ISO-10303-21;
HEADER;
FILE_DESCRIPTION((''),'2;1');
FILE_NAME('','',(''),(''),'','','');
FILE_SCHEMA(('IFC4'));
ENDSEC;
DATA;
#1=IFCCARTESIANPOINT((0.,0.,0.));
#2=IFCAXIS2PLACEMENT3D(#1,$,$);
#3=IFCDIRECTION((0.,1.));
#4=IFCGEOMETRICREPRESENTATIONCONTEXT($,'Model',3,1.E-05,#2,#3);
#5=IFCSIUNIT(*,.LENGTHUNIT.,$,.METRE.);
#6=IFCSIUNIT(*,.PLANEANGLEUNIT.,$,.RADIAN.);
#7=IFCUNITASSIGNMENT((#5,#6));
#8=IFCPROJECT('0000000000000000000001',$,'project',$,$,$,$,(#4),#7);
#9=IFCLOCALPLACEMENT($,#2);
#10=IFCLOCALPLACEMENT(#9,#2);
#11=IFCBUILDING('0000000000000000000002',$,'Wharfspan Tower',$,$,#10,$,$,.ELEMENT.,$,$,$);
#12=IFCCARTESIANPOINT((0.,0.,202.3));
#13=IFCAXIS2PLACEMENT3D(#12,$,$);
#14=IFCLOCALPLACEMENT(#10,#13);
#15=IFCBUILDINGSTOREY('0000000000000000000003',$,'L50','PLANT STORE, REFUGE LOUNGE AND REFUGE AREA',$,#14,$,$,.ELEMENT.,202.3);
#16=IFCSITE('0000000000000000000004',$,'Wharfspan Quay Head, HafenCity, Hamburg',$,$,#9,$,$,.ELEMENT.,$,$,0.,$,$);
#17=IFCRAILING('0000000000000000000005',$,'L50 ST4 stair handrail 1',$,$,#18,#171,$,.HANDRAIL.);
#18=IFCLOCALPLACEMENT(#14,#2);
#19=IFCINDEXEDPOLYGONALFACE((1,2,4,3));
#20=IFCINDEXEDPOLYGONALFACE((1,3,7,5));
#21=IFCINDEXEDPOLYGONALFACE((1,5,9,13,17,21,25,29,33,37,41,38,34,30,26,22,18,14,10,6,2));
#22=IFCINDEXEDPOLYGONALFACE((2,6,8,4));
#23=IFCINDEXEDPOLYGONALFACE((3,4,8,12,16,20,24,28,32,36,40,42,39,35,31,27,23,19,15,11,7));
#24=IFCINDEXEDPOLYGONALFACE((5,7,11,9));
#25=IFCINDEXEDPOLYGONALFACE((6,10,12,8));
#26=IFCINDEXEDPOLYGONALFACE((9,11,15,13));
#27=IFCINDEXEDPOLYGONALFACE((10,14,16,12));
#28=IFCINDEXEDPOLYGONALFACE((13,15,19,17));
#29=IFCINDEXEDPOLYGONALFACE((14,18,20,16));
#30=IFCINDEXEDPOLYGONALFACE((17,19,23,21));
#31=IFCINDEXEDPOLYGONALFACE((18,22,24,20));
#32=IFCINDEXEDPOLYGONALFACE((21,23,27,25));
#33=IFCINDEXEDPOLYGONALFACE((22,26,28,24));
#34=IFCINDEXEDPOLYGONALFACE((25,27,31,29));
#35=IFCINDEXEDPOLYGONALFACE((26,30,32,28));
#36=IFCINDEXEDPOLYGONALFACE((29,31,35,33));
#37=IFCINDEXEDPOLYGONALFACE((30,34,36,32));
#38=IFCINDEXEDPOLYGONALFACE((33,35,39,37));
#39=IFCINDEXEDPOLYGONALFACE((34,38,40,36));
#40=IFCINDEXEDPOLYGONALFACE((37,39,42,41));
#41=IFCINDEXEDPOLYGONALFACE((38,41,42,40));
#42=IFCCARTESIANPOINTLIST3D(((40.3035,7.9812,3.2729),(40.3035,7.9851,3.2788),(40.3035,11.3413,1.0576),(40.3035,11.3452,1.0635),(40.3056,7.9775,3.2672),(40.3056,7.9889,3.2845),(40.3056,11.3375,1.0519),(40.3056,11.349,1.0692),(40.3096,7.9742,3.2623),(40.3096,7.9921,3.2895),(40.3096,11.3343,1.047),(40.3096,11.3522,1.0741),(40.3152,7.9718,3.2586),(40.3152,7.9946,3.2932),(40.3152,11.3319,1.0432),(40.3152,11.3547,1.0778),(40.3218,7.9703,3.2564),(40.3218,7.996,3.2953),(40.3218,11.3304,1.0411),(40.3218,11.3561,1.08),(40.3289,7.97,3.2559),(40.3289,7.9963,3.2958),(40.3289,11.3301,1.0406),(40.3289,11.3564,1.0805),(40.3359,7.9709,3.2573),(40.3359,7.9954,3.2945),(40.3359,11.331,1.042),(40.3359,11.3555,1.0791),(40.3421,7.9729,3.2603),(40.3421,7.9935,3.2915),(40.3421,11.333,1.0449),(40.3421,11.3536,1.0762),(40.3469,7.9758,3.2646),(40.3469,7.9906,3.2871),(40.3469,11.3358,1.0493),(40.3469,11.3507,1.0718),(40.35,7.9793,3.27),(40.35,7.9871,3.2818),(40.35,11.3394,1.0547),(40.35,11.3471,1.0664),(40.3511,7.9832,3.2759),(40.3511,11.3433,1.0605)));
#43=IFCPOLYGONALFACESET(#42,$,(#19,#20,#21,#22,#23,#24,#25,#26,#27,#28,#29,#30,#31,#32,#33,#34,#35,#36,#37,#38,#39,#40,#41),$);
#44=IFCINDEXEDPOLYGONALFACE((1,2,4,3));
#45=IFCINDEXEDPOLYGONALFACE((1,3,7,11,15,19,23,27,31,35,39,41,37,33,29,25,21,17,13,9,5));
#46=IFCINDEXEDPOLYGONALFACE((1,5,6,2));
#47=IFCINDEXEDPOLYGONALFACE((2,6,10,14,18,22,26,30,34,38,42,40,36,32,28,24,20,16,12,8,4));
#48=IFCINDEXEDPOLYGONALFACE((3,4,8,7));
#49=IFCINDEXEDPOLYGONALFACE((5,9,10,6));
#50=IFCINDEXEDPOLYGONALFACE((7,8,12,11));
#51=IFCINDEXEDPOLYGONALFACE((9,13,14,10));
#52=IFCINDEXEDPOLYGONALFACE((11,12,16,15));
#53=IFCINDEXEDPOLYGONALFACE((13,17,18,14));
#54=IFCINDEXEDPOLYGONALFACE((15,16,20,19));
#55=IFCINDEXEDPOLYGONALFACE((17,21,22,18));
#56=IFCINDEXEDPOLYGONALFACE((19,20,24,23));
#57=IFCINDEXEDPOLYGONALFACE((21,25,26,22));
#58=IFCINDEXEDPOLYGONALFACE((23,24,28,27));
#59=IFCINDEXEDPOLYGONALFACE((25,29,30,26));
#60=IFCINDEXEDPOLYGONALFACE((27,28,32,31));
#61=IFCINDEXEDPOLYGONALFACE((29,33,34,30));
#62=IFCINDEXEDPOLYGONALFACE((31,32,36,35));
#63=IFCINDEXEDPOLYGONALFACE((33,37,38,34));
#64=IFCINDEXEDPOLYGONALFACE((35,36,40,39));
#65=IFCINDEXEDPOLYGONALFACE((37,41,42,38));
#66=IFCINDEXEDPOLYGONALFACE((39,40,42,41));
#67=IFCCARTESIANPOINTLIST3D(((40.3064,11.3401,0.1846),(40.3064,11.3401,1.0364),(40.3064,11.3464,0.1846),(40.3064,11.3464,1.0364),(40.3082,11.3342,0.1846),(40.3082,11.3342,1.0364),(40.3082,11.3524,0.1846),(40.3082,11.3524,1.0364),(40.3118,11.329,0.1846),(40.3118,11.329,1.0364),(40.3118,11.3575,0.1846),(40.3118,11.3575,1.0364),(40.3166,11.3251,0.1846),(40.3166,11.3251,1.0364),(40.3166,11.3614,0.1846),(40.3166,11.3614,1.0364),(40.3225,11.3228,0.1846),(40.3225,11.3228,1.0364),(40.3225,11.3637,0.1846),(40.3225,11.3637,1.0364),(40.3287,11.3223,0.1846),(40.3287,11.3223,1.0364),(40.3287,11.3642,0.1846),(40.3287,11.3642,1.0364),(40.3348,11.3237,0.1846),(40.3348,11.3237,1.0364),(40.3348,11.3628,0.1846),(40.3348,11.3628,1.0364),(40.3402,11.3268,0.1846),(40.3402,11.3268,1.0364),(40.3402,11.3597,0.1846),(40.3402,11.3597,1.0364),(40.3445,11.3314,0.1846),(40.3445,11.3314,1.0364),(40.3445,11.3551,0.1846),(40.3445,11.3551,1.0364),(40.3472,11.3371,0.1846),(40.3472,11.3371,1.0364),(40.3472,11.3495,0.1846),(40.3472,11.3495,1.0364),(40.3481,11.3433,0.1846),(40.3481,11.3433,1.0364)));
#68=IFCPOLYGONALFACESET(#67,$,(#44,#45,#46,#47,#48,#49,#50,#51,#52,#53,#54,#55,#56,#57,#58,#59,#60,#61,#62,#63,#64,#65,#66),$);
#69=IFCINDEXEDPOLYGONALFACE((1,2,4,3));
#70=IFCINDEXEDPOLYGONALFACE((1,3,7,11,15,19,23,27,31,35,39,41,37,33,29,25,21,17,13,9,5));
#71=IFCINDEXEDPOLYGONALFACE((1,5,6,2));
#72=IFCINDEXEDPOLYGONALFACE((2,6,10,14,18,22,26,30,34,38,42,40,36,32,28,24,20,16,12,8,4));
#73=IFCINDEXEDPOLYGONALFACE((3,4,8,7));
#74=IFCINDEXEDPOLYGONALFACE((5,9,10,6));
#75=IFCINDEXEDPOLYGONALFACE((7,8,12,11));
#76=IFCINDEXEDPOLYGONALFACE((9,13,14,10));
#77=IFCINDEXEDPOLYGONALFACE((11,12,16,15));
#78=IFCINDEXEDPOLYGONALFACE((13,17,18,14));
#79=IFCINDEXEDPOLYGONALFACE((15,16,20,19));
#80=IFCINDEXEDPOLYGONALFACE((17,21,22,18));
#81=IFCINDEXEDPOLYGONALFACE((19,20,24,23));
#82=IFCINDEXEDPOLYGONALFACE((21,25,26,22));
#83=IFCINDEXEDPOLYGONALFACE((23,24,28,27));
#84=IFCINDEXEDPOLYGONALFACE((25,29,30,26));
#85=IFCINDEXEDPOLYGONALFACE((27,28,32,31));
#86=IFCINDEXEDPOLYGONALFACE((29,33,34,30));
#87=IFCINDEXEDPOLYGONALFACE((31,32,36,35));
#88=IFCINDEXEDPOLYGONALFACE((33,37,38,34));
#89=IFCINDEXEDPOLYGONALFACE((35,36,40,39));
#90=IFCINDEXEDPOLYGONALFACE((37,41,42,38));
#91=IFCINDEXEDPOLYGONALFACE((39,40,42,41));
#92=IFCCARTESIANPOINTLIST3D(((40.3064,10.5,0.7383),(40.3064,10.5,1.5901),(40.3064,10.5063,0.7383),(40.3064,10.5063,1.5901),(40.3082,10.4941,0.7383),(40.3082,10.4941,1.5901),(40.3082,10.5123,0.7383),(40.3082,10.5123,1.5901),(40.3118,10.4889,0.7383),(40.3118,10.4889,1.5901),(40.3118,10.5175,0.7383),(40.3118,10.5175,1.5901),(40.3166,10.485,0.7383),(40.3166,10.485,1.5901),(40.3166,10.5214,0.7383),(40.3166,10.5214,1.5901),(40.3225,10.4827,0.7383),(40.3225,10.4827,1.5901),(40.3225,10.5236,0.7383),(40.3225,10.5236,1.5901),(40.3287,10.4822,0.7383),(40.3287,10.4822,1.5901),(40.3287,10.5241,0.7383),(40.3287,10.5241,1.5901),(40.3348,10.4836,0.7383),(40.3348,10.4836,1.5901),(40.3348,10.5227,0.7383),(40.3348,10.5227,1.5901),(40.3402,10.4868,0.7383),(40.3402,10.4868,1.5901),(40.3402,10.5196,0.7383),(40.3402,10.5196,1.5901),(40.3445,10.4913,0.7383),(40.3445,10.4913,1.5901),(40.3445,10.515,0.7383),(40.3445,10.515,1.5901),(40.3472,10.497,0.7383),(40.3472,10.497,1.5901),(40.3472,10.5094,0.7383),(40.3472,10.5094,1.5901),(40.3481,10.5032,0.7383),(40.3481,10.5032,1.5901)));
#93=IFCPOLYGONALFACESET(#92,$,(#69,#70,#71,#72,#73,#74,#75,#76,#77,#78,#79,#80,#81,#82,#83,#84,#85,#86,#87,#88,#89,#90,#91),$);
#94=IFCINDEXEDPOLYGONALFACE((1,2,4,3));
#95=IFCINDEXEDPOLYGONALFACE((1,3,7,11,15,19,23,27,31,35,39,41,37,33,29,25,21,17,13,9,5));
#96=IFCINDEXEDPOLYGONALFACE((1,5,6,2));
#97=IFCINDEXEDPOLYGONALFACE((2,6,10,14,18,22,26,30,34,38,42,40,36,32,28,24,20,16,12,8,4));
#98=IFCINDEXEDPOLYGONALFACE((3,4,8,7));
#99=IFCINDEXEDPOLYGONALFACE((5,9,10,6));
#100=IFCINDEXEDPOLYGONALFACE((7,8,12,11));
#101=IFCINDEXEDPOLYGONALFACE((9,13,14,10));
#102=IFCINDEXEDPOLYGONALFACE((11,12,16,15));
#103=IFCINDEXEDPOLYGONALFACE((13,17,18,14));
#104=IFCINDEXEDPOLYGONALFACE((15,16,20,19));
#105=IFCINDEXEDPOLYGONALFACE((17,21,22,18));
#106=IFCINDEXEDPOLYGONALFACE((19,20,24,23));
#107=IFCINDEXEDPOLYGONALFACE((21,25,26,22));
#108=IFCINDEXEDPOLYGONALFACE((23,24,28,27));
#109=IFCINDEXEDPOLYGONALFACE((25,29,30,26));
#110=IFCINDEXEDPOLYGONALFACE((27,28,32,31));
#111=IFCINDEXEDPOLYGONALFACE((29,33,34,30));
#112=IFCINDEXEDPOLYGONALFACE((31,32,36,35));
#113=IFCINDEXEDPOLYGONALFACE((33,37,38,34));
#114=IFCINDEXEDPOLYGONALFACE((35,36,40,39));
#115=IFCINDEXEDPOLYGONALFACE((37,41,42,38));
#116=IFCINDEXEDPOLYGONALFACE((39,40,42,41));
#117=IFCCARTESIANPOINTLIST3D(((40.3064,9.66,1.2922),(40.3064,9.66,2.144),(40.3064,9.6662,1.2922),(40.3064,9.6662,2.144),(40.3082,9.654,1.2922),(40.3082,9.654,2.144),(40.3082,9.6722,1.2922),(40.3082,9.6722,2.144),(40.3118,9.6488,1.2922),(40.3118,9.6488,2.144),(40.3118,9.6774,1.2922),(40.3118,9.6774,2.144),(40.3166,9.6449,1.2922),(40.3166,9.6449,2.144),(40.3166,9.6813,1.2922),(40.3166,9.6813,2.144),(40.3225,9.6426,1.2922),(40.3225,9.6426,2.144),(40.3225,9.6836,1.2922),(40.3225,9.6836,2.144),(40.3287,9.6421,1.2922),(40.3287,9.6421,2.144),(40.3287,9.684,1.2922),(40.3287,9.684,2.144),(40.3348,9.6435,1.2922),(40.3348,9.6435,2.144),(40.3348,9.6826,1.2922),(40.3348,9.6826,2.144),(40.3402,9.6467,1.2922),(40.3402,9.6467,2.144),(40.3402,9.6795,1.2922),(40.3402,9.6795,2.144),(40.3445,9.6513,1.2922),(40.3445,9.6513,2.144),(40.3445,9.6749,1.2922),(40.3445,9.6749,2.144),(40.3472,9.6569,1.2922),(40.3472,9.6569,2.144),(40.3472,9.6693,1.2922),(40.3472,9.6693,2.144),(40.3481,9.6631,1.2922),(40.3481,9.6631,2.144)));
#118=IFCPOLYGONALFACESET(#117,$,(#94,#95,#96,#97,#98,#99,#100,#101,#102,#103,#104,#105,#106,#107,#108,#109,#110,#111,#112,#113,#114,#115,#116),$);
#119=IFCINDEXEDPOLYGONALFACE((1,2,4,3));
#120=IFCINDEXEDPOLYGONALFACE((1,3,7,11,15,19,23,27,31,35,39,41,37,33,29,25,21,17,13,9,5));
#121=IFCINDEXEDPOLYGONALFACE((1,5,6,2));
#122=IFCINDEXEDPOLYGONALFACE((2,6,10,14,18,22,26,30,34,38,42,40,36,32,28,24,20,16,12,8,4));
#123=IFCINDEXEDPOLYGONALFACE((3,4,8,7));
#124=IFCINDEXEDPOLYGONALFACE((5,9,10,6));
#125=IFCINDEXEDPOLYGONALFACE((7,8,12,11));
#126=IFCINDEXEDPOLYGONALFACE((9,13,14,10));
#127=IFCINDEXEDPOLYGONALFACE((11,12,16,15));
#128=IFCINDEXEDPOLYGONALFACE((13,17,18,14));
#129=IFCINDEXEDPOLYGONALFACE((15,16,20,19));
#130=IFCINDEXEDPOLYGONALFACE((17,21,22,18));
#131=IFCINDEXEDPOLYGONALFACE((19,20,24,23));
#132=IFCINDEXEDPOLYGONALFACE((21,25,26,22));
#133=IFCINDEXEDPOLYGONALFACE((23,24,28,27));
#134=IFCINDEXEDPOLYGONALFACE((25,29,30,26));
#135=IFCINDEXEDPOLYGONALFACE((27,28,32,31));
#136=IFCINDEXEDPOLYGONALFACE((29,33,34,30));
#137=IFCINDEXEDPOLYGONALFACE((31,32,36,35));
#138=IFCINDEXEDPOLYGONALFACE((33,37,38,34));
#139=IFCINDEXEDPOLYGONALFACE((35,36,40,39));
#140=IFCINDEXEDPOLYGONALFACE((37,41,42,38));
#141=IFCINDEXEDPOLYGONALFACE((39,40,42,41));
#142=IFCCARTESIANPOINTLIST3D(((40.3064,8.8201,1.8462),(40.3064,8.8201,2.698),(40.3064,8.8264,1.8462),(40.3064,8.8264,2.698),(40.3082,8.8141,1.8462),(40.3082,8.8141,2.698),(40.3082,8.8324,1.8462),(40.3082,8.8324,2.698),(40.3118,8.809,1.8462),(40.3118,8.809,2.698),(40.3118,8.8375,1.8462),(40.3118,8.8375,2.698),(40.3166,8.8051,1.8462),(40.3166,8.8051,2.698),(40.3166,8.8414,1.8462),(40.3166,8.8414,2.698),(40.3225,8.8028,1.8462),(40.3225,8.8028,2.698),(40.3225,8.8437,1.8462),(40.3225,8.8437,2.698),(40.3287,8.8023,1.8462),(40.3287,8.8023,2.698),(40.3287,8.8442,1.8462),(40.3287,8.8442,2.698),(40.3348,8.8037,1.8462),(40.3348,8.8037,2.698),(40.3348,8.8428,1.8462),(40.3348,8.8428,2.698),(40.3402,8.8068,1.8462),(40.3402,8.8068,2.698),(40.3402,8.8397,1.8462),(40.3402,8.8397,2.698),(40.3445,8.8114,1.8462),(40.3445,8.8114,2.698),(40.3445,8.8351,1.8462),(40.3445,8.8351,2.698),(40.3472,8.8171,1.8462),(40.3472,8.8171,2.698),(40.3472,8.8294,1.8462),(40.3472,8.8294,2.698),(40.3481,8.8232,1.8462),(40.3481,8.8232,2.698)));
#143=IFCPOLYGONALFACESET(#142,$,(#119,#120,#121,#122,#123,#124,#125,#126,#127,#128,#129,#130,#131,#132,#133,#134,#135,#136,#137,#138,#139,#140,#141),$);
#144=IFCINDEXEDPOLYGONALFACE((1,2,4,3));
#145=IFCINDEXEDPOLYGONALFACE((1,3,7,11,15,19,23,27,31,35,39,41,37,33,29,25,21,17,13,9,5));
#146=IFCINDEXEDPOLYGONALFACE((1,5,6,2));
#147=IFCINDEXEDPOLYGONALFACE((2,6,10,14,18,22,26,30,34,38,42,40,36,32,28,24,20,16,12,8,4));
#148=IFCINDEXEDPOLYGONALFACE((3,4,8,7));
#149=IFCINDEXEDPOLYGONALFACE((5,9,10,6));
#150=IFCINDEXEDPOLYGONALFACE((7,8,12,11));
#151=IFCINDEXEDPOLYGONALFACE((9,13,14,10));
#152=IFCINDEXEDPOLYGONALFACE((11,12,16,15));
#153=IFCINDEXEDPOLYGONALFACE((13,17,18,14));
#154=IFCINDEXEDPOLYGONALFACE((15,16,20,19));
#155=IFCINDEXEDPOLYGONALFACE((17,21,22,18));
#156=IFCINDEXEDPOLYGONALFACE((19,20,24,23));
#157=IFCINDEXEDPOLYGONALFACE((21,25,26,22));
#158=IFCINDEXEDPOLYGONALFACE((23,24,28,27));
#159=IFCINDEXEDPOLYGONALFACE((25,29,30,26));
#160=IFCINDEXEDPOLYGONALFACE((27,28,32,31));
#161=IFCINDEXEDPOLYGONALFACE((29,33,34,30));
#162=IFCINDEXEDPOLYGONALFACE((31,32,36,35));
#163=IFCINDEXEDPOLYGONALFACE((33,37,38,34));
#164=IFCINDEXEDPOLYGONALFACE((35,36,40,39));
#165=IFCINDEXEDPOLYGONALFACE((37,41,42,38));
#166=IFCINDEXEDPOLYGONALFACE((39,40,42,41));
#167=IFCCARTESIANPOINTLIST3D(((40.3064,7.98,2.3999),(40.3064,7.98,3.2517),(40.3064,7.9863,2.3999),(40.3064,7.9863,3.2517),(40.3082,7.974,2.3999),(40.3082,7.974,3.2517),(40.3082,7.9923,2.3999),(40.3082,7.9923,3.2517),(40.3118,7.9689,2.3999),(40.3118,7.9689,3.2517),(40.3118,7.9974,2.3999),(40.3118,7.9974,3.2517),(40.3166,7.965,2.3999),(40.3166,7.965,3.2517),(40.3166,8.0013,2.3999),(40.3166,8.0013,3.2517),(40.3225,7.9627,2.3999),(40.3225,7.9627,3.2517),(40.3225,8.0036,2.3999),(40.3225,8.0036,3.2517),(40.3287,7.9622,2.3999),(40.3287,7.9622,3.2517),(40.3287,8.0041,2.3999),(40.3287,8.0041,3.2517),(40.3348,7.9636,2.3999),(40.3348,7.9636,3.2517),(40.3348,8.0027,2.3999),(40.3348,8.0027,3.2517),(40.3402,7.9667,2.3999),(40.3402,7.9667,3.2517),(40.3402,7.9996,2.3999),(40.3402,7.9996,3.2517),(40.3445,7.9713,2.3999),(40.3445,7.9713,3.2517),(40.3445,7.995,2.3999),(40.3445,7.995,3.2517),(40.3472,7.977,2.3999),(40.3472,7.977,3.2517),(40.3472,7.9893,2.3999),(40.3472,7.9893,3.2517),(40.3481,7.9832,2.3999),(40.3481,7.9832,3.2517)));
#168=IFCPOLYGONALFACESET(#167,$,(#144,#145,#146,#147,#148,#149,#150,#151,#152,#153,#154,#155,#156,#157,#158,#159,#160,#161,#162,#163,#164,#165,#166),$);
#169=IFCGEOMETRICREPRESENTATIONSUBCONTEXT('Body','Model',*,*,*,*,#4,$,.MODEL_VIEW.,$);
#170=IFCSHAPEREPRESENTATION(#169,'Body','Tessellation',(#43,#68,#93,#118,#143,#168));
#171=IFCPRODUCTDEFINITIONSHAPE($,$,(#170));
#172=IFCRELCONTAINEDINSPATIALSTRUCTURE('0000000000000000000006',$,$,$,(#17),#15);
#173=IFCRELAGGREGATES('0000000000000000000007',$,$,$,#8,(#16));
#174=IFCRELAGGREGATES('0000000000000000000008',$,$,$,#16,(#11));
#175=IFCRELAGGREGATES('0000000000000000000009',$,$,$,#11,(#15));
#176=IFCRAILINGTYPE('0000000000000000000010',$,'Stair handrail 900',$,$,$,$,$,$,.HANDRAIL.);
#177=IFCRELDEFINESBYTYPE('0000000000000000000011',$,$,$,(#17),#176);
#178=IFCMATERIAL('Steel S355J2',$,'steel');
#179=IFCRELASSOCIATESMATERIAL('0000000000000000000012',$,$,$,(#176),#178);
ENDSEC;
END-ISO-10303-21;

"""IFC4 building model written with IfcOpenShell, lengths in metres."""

from ifc_helpers import new_model, si_unit, direction, frame, origin, origin_2d, place, context, subcontext, project, spatial, circle, extrude, material, type_object, element, save


model = new_model("IFC4")

# Units and contexts
model_context = context("Model", 3, precision=1e-05, world=origin(), true_north=direction((0.0, 1.0)))
body_context = subcontext(model_context, "Body", "Model", "MODEL_VIEW")
ifc_project = project(units=[si_unit("LENGTHUNIT", "METRE"), si_unit("PLANEANGLEUNIT", "RADIAN")], contexts=[model_context])

# Site, building, storey
site_placement = place(None, origin())
site = spatial("IfcSite", under=ifc_project, at=site_placement, Name="Wharfspan Quay Head, HafenCity, Hamburg", CompositionType="ELEMENT", RefElevation=0.0)
building_placement = place(site_placement, origin())
building = spatial("IfcBuilding", under=site, at=building_placement, Name="Wharfspan Tower", CompositionType="ELEMENT")
storey_placement = place(building_placement, frame((0.0, 0.0, 202.3)))
storey = spatial("IfcBuildingStorey", under=building, at=storey_placement, Name="L50", Description="PLANT STORE, REFUGE LOUNGE AND REFUGE AREA", CompositionType="ELEMENT", Elevation=202.3)

# Railing
ifc_material_1 = material(Name="Steel S355J2", Category="steel")
railing_type_1 = type_object("IfcRailingType", Name="Stair handrail 900", PredefinedType="HANDRAIL", material=ifc_material_1)
railing_1_placement = place(storey_placement, frame((40.3271, 11.3433, 0.1846)))
element("IfcRailing", 1, at=railing_1_placement, inside=storey, type_object=railing_type_1, Name="L50 ST4 stair handrail 1", PredefinedType="HANDRAIL", context=body_context, shape_type="SweptSolid", body=[
    extrude(circle(Radius=0.0239, at=origin_2d()), frame((0.0, 0.0, 0.876), z_axis=(0.0, -0.834876, 0.550437), x_axis=(1.0, 0.0, 0.0)), (0.0, 0.0, 1.0), 4.0247),
    extrude(circle(Radius=0.021, at=origin_2d()), origin(), (0.0, 0.0, 1.0), 0.8518),
    extrude(circle(Radius=0.021, at=origin_2d()), frame((0.0, -0.8401, 0.5537)), (0.0, 0.0, 1.0), 0.8518),
    extrude(circle(Radius=0.021, at=origin_2d()), frame((0.0, -1.6802, 1.1077)), (0.0, 0.0, 1.0), 0.8518),
    extrude(circle(Radius=0.021, at=origin_2d()), frame((0.0, -2.52, 1.6616)), (0.0, 0.0, 1.0), 0.8518),
    extrude(circle(Radius=0.021, at=origin_2d()), frame((0.0, -3.3601, 2.2153)), (0.0, 0.0, 1.0), 0.8518),
])

save(model, "model.ifc")
